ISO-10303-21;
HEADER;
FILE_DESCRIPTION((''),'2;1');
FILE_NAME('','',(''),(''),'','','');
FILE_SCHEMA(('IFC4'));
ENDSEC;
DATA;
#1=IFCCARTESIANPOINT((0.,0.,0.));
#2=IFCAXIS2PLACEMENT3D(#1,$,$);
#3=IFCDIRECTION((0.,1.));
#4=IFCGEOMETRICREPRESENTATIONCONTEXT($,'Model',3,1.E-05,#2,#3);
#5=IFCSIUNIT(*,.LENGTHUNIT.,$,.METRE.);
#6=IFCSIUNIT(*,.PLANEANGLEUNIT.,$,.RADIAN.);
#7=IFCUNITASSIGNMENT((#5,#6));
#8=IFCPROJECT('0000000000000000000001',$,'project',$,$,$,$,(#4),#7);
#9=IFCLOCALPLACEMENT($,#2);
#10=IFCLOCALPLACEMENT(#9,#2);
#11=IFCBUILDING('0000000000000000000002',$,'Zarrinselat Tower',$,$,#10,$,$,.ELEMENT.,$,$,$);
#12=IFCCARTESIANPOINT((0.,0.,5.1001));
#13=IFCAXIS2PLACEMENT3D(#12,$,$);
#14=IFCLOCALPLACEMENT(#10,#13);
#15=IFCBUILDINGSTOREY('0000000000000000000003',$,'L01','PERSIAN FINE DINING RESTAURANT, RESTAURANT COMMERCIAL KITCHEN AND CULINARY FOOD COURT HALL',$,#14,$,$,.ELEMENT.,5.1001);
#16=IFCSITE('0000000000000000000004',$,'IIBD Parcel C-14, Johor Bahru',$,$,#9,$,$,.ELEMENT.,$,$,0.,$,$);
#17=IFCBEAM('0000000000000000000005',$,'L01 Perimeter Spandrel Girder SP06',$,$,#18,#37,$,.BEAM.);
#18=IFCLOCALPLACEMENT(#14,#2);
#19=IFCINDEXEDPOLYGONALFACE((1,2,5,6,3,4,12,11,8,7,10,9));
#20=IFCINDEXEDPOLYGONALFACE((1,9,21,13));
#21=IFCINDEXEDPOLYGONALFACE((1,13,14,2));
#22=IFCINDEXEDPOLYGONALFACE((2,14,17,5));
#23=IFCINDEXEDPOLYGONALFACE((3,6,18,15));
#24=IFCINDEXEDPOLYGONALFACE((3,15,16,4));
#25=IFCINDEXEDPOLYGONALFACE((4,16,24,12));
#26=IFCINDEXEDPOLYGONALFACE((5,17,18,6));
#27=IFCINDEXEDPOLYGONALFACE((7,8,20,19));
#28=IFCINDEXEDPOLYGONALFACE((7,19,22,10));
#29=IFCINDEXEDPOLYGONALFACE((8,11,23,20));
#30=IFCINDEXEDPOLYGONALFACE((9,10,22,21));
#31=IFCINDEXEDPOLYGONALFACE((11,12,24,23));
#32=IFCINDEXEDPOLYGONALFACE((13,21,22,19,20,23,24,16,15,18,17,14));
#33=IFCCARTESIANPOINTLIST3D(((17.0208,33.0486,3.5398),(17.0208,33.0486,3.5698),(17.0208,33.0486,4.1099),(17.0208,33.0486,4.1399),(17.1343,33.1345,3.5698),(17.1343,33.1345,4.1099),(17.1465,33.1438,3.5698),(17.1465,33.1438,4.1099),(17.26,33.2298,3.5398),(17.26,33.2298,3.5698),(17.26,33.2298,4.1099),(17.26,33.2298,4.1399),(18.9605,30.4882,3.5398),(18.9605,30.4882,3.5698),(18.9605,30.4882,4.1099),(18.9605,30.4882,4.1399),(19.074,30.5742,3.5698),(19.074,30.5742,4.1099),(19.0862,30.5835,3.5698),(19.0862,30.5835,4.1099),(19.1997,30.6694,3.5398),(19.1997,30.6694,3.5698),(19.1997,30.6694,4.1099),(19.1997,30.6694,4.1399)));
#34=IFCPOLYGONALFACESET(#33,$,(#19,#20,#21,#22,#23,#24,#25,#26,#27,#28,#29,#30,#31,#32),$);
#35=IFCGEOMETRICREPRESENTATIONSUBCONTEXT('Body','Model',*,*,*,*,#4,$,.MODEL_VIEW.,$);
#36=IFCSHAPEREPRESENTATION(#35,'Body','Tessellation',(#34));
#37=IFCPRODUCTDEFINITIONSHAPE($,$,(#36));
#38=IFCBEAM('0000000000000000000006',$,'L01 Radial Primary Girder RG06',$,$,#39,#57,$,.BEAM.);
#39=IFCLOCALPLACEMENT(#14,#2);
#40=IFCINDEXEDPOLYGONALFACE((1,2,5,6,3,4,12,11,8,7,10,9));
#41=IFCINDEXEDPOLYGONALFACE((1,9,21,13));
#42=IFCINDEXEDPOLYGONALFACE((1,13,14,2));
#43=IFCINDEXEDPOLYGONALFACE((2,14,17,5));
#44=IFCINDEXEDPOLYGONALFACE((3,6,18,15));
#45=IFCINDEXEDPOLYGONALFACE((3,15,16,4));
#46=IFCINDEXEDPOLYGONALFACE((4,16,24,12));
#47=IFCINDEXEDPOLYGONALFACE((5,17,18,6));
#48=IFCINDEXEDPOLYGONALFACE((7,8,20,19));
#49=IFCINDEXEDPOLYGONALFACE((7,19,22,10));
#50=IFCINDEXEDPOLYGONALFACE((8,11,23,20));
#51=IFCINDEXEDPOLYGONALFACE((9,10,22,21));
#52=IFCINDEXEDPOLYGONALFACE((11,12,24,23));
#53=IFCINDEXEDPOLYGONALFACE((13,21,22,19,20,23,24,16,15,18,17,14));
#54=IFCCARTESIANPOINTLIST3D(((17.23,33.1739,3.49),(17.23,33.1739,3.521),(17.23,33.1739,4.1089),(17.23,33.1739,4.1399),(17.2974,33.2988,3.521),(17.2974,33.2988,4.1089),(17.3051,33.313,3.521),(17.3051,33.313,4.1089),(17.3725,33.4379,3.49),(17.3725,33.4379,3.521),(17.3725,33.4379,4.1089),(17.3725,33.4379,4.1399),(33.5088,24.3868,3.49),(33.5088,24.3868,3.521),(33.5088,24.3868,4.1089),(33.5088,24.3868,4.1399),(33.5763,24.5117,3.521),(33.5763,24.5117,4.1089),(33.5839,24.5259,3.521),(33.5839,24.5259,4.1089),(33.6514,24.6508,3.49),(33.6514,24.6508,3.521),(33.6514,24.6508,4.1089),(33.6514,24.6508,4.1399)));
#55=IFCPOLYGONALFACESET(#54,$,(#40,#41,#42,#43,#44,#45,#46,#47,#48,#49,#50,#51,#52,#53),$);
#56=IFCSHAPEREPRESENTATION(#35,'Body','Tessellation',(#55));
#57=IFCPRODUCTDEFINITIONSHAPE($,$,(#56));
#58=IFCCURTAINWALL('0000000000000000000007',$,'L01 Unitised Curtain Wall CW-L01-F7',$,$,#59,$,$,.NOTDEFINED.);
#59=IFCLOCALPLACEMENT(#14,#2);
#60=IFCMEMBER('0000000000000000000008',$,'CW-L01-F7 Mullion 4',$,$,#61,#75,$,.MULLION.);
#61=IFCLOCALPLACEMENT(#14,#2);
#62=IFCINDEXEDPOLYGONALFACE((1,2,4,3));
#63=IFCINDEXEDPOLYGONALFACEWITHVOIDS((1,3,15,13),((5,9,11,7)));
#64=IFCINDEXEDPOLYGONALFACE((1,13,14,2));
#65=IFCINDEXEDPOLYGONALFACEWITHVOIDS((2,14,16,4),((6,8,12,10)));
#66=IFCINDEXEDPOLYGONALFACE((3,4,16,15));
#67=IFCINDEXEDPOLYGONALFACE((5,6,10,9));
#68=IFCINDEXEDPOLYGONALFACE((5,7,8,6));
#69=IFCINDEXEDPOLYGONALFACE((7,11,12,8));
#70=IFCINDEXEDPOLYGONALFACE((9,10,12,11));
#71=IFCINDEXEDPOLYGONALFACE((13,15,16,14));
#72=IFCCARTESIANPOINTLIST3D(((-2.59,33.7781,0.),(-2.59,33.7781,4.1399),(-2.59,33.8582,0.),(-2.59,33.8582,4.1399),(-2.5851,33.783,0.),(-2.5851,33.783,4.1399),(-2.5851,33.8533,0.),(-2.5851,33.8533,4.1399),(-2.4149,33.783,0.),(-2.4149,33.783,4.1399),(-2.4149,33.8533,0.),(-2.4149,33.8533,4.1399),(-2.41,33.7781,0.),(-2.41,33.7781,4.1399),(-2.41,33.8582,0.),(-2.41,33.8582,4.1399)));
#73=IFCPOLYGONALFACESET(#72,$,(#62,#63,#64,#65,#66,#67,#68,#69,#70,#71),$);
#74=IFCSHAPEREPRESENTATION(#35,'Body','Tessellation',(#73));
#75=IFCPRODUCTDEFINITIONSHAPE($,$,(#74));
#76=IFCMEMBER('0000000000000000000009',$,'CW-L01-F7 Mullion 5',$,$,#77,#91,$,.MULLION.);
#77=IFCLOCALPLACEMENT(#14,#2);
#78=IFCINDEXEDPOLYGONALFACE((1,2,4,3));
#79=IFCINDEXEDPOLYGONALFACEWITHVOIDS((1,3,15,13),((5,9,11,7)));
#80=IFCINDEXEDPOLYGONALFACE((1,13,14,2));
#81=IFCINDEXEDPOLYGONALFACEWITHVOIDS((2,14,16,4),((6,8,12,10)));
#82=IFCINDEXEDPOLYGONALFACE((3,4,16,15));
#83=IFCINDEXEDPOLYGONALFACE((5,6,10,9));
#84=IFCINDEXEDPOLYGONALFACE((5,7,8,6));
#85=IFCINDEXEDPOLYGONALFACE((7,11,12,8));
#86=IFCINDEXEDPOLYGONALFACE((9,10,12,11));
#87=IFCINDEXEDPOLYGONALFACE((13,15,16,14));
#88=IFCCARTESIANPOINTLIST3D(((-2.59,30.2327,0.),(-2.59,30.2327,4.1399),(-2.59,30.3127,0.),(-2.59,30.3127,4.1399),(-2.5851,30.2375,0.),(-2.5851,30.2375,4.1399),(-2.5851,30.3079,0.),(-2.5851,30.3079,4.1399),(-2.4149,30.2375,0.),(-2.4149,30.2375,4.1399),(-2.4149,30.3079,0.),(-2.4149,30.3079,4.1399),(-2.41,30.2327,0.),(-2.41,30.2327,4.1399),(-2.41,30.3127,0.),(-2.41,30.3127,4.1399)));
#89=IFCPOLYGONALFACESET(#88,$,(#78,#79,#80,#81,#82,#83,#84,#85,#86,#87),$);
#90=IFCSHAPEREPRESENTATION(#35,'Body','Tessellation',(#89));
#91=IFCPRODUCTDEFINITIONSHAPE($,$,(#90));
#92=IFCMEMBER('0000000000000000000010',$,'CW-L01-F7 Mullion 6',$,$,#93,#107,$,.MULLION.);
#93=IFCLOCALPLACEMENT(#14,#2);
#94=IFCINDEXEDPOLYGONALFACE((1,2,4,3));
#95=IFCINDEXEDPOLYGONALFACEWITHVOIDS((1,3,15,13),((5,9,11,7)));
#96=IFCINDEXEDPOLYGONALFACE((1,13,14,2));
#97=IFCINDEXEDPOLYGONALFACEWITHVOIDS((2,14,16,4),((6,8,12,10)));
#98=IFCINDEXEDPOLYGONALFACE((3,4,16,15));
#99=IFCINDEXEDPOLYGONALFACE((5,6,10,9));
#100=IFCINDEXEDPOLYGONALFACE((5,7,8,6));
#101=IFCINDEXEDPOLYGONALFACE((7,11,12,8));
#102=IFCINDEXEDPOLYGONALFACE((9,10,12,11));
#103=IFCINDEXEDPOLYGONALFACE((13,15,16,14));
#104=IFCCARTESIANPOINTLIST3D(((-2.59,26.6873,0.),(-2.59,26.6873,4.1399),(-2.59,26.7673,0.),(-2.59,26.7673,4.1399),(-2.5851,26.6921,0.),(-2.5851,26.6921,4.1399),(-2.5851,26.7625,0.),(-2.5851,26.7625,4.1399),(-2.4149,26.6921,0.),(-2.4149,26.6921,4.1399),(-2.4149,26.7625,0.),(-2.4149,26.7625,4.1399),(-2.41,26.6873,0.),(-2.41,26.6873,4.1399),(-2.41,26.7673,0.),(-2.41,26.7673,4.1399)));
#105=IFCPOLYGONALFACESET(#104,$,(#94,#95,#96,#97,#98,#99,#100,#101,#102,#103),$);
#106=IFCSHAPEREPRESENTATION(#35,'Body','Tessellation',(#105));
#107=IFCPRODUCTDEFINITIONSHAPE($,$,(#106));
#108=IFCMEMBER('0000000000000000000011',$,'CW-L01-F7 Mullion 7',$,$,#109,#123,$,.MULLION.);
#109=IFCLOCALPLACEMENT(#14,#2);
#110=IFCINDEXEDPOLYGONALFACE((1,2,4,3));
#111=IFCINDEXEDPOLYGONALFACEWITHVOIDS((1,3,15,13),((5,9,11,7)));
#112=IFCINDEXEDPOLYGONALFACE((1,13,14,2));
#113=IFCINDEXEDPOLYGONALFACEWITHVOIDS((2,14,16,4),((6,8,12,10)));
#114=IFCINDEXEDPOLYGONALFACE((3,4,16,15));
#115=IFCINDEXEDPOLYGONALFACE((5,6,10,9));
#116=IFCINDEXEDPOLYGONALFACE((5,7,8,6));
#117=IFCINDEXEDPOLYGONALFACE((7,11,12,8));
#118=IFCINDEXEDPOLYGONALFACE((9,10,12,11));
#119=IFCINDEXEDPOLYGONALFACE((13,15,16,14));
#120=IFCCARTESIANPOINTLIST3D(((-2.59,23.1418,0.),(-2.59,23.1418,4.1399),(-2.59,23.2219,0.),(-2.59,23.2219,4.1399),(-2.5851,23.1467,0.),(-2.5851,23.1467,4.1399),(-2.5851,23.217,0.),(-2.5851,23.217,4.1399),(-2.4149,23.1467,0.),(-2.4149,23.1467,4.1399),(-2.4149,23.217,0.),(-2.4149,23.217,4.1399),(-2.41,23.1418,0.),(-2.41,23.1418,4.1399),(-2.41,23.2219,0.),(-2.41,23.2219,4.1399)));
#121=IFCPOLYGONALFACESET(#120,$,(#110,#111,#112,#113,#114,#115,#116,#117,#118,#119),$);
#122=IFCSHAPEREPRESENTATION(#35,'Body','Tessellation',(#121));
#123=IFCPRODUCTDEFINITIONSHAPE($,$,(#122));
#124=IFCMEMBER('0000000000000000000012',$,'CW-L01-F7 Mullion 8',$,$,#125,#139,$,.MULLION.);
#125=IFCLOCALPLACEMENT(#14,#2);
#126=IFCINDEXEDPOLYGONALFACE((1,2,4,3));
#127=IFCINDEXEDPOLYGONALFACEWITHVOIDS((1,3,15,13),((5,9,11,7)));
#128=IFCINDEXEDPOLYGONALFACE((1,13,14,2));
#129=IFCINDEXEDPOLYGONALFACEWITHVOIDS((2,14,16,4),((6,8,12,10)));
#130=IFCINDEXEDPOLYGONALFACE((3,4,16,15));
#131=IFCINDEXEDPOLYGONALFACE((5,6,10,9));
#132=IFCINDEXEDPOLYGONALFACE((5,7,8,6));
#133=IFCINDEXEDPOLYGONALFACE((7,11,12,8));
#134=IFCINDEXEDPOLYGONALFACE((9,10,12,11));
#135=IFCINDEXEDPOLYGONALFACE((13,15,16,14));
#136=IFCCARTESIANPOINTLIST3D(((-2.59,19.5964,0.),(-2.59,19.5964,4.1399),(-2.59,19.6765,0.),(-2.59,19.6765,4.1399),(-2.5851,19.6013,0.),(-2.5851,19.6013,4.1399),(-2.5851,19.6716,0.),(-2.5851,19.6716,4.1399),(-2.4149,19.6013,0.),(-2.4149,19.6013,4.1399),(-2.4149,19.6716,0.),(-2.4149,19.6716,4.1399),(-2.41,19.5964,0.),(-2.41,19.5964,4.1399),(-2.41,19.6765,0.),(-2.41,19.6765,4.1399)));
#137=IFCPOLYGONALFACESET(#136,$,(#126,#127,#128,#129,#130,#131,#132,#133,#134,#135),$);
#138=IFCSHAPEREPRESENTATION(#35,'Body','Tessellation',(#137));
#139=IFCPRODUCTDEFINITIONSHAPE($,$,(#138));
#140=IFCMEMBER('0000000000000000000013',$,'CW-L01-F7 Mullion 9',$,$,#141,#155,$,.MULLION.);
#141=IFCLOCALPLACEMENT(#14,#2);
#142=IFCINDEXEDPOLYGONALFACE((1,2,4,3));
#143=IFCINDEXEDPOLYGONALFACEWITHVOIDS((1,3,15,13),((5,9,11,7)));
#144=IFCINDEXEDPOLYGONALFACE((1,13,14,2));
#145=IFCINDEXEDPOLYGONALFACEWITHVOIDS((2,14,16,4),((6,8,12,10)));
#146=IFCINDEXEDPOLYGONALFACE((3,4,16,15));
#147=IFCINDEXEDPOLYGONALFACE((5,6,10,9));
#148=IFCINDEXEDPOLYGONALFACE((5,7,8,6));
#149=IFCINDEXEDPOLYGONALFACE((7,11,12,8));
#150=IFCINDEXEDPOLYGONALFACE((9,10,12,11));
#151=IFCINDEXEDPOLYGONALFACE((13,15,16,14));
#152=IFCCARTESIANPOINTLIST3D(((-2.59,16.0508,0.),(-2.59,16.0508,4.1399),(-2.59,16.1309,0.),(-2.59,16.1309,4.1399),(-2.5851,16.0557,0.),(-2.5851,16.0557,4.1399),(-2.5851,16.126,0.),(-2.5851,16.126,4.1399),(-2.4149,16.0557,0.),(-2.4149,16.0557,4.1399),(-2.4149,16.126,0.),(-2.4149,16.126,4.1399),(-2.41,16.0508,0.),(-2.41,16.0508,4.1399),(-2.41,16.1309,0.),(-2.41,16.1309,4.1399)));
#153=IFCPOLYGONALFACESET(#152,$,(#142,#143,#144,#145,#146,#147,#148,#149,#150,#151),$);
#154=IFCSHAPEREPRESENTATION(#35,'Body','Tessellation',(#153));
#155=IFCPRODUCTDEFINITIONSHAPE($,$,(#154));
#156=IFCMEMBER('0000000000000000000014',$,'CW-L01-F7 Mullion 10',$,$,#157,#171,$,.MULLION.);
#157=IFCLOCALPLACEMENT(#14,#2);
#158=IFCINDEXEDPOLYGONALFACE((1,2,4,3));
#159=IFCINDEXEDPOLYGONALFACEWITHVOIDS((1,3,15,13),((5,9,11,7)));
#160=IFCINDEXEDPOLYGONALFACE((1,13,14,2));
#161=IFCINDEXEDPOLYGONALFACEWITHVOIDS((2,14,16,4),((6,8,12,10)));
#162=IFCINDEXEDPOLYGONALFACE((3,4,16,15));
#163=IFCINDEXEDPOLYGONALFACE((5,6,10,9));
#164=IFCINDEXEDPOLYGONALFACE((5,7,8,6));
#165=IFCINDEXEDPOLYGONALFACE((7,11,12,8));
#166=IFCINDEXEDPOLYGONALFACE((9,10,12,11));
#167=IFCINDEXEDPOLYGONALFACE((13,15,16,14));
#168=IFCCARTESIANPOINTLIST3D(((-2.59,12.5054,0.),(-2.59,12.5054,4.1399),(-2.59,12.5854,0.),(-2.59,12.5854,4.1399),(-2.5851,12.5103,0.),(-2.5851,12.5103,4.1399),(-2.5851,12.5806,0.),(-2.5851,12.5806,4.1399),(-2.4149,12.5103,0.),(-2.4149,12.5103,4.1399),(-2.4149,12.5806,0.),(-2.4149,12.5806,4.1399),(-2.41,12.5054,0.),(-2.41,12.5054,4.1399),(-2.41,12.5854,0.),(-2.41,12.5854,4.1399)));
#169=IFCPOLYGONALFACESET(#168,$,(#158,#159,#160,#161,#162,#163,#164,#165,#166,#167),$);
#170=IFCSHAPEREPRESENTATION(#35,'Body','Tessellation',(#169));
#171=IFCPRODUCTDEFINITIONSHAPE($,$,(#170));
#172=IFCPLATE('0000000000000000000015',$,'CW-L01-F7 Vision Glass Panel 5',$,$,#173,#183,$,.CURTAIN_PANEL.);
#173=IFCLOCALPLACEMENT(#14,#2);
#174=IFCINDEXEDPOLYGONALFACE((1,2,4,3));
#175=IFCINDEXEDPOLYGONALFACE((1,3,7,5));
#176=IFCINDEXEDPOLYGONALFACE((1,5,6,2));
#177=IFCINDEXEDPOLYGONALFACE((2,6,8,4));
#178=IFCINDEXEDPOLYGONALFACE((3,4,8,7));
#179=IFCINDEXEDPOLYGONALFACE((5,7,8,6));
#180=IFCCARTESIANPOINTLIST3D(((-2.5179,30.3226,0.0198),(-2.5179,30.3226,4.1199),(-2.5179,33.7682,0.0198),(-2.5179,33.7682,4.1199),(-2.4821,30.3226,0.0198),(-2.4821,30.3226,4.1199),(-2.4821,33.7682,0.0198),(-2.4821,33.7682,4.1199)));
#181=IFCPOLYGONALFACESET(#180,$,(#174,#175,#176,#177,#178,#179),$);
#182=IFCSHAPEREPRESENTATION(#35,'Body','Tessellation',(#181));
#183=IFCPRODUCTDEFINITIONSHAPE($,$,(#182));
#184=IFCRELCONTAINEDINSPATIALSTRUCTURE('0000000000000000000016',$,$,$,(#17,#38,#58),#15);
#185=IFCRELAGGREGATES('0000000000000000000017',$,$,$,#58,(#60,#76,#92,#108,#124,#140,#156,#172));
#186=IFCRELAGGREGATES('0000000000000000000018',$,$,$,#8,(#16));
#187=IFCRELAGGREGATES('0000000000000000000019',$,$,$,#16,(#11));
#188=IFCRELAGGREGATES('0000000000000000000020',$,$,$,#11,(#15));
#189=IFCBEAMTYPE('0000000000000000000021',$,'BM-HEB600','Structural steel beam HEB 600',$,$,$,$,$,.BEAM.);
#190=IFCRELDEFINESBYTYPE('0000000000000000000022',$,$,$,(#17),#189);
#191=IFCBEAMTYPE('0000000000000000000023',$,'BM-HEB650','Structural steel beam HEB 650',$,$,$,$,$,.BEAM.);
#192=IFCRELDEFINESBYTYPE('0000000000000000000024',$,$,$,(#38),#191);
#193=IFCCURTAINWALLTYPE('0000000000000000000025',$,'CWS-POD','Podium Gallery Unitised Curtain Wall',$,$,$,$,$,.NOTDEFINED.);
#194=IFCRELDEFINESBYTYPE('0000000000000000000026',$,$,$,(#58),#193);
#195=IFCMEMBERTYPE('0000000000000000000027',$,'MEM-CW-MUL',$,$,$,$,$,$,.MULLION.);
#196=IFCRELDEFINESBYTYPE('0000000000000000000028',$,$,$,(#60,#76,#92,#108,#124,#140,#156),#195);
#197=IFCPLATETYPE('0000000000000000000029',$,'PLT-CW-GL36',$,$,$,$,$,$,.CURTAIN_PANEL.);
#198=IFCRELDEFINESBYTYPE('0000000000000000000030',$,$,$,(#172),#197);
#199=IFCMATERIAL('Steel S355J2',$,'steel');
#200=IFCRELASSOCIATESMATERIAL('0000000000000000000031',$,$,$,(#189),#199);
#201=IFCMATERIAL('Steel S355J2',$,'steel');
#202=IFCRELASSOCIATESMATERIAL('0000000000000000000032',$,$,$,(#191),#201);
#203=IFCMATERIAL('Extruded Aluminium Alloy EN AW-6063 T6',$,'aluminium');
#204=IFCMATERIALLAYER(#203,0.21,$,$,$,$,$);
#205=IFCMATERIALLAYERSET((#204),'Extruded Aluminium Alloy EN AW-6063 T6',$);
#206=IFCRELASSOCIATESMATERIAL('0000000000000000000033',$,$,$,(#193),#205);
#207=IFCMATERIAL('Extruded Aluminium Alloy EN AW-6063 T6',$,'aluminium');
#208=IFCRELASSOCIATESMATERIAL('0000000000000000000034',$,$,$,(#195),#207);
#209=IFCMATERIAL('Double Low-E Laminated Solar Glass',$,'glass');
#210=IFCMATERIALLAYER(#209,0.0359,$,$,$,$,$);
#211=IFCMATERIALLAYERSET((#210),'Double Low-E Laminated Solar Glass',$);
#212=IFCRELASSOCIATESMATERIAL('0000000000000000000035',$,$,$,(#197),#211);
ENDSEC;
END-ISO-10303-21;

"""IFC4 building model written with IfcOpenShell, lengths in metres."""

from ifc_helpers import new_model, si_unit, direction, frame, origin, origin_2d, place, context, subcontext, project, spatial, rectangle, hollow_rectangle, i_section, extrude, material, layer, layer_set, material_profile, profile_set, type_object, element, aggregate, save


model = new_model("IFC4")

# Units and contexts
model_context = context("Model", 3, precision=1e-05, world=origin(), true_north=direction((0.0, 1.0)))
body_context = subcontext(model_context, "Body", "Model", "MODEL_VIEW")
ifc_project = project(units=[si_unit("LENGTHUNIT", "METRE"), si_unit("PLANEANGLEUNIT", "RADIAN")], contexts=[model_context])

# Site, building, storey
site_placement = place(None, origin())
site = spatial("IfcSite", under=ifc_project, at=site_placement, Name="IIBD Parcel C-14, Johor Bahru", CompositionType="ELEMENT", RefElevation=0.0)
building_placement = place(site_placement, origin())
building = spatial("IfcBuilding", under=site, at=building_placement, Name="Zarrinselat Tower", CompositionType="ELEMENT")
storey_placement = place(building_placement, frame((0.0, 0.0, 5.1001)))
storey = spatial("IfcBuildingStorey", under=building, at=storey_placement, Name="L01", Description="PERSIAN FINE DINING RESTAURANT, RESTAURANT COMMERCIAL KITCHEN AND CULINARY FOOD COURT HALL", CompositionType="ELEMENT", Elevation=5.1001)

# Beams
ifc_material_1 = material(Name="Steel S355J2", Category="steel")
ifc_material_profile_1 = material_profile(ifc_material_1, i_section(OverallWidth=0.3, OverallDepth=0.6001, WebThickness=0.0154, FlangeThickness=0.03, at=origin_2d()), Name="HEB 600")
ifc_profile_set_1 = profile_set([ifc_material_profile_1], Name="Steel S355J2")
beam_type_1 = type_object("IfcBeamType", Name="BM-HEB600", Description="Structural steel beam HEB 600", PredefinedType="BEAM", material=ifc_profile_set_1)
beam_1_placement = place(storey_placement, frame((17.1404, 33.1392, 3.8398), z_axis=(0.603872, -0.797081, 0.0), x_axis=(0.797081, 0.603872, 0.0)))
element("IfcBeam", 1, at=beam_1_placement, inside=storey, type_object=beam_type_1, Name="L01 Perimeter Spandrel Girder SP06", PredefinedType="BEAM", context=body_context, shape_type="SweptSolid", body=[
    extrude(i_section(OverallWidth=0.3, OverallDepth=0.6001, WebThickness=0.0154, FlangeThickness=0.03, at=origin_2d()), origin(), (0.0, 0.0, 1.0), 3.2122),
])
ifc_material_2 = material(Name="Steel S355J2", Category="steel")
ifc_material_profile_2 = material_profile(ifc_material_2, i_section(OverallWidth=0.3, OverallDepth=0.6499, WebThickness=0.0161, FlangeThickness=0.031, at=origin_2d()), Name="HEB 650")
ifc_profile_set_2 = profile_set([ifc_material_profile_2], Name="Steel S355J2")
beam_type_2 = type_object("IfcBeamType", Name="BM-HEB650", Description="Structural steel beam HEB 650", PredefinedType="BEAM", material=ifc_profile_set_2)
beam_2_placement = place(storey_placement, frame((17.3013, 33.3059, 3.8149), z_axis=(0.879983, -0.475005, 0.0), x_axis=(0.475005, 0.879983, 0.0)))
element("IfcBeam", 2, at=beam_2_placement, inside=storey, type_object=beam_type_2, Name="L01 Radial Primary Girder RG06", PredefinedType="BEAM", context=body_context, shape_type="SweptSolid", body=[
    extrude(i_section(OverallWidth=0.3, OverallDepth=0.6499, WebThickness=0.0161, FlangeThickness=0.031, at=origin_2d()), origin(), (0.0, 0.0, 1.0), 18.499),
])

# Curtain wall, members, plate
ifc_material_3 = material(Name="Extruded Aluminium Alloy EN AW-6063 T6", Category="aluminium")
ifc_layer_1 = layer(ifc_material_3, 0.21)
ifc_layer_set_1 = layer_set([ifc_layer_1], Name="Extruded Aluminium Alloy EN AW-6063 T6")
curtain_wall_type = type_object("IfcCurtainWallType", Name="CWS-POD", Description="Podium Gallery Unitised Curtain Wall", PredefinedType="NOTDEFINED", material=ifc_layer_set_1)
curtain_wall_placement = place(storey_placement, origin())
curtain_wall = element("IfcCurtainWall", 3, at=curtain_wall_placement, inside=storey, type_object=curtain_wall_type, Name="L01 Unitised Curtain Wall CW-L01-F7", PredefinedType="NOTDEFINED")
ifc_material_4 = material(Name="Extruded Aluminium Alloy EN AW-6063 T6", Category="aluminium")
ifc_material_profile_3 = material_profile(ifc_material_4, hollow_rectangle(XDim=0.0801, YDim=0.1799, WallThickness=0.0049, at=origin_2d()), Name="RHS 180x80x5")
ifc_profile_set_3 = profile_set([ifc_material_profile_3], Name="Extruded Aluminium Alloy EN AW-6063 T6")
member_type = type_object("IfcMemberType", Name="MEM-CW-MUL", PredefinedType="MULLION", material=ifc_profile_set_3)
member_1_placement = place(storey_placement, frame((-2.5, 33.8181, 0.0), z_axis=(0.0, 0.0, 1.0), x_axis=(0.0, -1.0, 0.0)))
member_1 = element("IfcMember", 4, at=member_1_placement, type_object=member_type, Name="CW-L01-F7 Mullion 4", PredefinedType="MULLION", context=body_context, shape_type="SweptSolid", body=[
    extrude(hollow_rectangle(XDim=0.0801, YDim=0.1799, WallThickness=0.0049, at=origin_2d()), origin(), (0.0, 0.0, 1.0), 4.1399),
])
member_2_placement = place(storey_placement, frame((-2.5, 30.2727, 0.0), z_axis=(0.0, 0.0, 1.0), x_axis=(0.0, -1.0, 0.0)))
member_2 = element("IfcMember", 5, at=member_2_placement, type_object=member_type, Name="CW-L01-F7 Mullion 5", PredefinedType="MULLION", context=body_context, shape_type="SweptSolid", body=[
    extrude(hollow_rectangle(XDim=0.0801, YDim=0.1799, WallThickness=0.0049, at=origin_2d()), origin(), (0.0, 0.0, 1.0), 4.1399),
])
member_3_placement = place(storey_placement, frame((-2.5, 26.7273, 0.0), z_axis=(0.0, 0.0, 1.0), x_axis=(0.0, -1.0, 0.0)))
member_3 = element("IfcMember", 6, at=member_3_placement, type_object=member_type, Name="CW-L01-F7 Mullion 6", PredefinedType="MULLION", context=body_context, shape_type="SweptSolid", body=[
    extrude(hollow_rectangle(XDim=0.0801, YDim=0.1799, WallThickness=0.0049, at=origin_2d()), origin(), (0.0, 0.0, 1.0), 4.1399),
])
member_4_placement = place(storey_placement, frame((-2.5, 23.1819, 0.0), z_axis=(0.0, 0.0, 1.0), x_axis=(0.0, -1.0, 0.0)))
member_4 = element("IfcMember", 7, at=member_4_placement, type_object=member_type, Name="CW-L01-F7 Mullion 7", PredefinedType="MULLION", context=body_context, shape_type="SweptSolid", body=[
    extrude(hollow_rectangle(XDim=0.0801, YDim=0.1799, WallThickness=0.0049, at=origin_2d()), origin(), (0.0, 0.0, 1.0), 4.1399),
])
member_5_placement = place(storey_placement, frame((-2.5, 19.6365, 0.0), z_axis=(0.0, 0.0, 1.0), x_axis=(0.0, -1.0, 0.0)))
member_5 = element("IfcMember", 8, at=member_5_placement, type_object=member_type, Name="CW-L01-F7 Mullion 8", PredefinedType="MULLION", context=body_context, shape_type="SweptSolid", body=[
    extrude(hollow_rectangle(XDim=0.0801, YDim=0.1799, WallThickness=0.0049, at=origin_2d()), origin(), (0.0, 0.0, 1.0), 4.1399),
])
member_6_placement = place(storey_placement, frame((-2.5, 16.0908, 0.0), z_axis=(0.0, 0.0, 1.0), x_axis=(0.0, -1.0, 0.0)))
member_6 = element("IfcMember", 9, at=member_6_placement, type_object=member_type, Name="CW-L01-F7 Mullion 9", PredefinedType="MULLION", context=body_context, shape_type="SweptSolid", body=[
    extrude(hollow_rectangle(XDim=0.0801, YDim=0.1799, WallThickness=0.0049, at=origin_2d()), origin(), (0.0, 0.0, 1.0), 4.1399),
])
member_7_placement = place(storey_placement, frame((-2.5, 12.5454, 0.0), z_axis=(0.0, 0.0, 1.0), x_axis=(0.0, -1.0, 0.0)))
member_7 = element("IfcMember", 10, at=member_7_placement, type_object=member_type, Name="CW-L01-F7 Mullion 10", PredefinedType="MULLION", context=body_context, shape_type="SweptSolid", body=[
    extrude(hollow_rectangle(XDim=0.0801, YDim=0.1799, WallThickness=0.0049, at=origin_2d()), origin(), (0.0, 0.0, 1.0), 4.1399),
])
ifc_material_5 = material(Name="Double Low-E Laminated Solar Glass", Category="glass")
ifc_layer_2 = layer(ifc_material_5, 0.0359)
ifc_layer_set_2 = layer_set([ifc_layer_2], Name="Double Low-E Laminated Solar Glass")
plate_type = type_object("IfcPlateType", Name="PLT-CW-GL36", PredefinedType="CURTAIN_PANEL", material=ifc_layer_set_2)
plate_1_placement = place(storey_placement, frame((-2.5, 32.0454, 0.0198), z_axis=(0.0, 0.0, 1.0), x_axis=(0.0, -1.0, 0.0)))
plate_1 = element("IfcPlate", 11, at=plate_1_placement, type_object=plate_type, Name="CW-L01-F7 Vision Glass Panel 5", PredefinedType="CURTAIN_PANEL", context=body_context, shape_type="SweptSolid", body=[
    extrude(rectangle(XDim=3.4456, YDim=0.0359, at=origin_2d()), origin(), (0.0, 0.0, 1.0), 4.1001),
])
aggregate(curtain_wall, [member_1, member_2, member_3, member_4, member_5, member_6, member_7, plate_1])

save(model, "model.ifc")
